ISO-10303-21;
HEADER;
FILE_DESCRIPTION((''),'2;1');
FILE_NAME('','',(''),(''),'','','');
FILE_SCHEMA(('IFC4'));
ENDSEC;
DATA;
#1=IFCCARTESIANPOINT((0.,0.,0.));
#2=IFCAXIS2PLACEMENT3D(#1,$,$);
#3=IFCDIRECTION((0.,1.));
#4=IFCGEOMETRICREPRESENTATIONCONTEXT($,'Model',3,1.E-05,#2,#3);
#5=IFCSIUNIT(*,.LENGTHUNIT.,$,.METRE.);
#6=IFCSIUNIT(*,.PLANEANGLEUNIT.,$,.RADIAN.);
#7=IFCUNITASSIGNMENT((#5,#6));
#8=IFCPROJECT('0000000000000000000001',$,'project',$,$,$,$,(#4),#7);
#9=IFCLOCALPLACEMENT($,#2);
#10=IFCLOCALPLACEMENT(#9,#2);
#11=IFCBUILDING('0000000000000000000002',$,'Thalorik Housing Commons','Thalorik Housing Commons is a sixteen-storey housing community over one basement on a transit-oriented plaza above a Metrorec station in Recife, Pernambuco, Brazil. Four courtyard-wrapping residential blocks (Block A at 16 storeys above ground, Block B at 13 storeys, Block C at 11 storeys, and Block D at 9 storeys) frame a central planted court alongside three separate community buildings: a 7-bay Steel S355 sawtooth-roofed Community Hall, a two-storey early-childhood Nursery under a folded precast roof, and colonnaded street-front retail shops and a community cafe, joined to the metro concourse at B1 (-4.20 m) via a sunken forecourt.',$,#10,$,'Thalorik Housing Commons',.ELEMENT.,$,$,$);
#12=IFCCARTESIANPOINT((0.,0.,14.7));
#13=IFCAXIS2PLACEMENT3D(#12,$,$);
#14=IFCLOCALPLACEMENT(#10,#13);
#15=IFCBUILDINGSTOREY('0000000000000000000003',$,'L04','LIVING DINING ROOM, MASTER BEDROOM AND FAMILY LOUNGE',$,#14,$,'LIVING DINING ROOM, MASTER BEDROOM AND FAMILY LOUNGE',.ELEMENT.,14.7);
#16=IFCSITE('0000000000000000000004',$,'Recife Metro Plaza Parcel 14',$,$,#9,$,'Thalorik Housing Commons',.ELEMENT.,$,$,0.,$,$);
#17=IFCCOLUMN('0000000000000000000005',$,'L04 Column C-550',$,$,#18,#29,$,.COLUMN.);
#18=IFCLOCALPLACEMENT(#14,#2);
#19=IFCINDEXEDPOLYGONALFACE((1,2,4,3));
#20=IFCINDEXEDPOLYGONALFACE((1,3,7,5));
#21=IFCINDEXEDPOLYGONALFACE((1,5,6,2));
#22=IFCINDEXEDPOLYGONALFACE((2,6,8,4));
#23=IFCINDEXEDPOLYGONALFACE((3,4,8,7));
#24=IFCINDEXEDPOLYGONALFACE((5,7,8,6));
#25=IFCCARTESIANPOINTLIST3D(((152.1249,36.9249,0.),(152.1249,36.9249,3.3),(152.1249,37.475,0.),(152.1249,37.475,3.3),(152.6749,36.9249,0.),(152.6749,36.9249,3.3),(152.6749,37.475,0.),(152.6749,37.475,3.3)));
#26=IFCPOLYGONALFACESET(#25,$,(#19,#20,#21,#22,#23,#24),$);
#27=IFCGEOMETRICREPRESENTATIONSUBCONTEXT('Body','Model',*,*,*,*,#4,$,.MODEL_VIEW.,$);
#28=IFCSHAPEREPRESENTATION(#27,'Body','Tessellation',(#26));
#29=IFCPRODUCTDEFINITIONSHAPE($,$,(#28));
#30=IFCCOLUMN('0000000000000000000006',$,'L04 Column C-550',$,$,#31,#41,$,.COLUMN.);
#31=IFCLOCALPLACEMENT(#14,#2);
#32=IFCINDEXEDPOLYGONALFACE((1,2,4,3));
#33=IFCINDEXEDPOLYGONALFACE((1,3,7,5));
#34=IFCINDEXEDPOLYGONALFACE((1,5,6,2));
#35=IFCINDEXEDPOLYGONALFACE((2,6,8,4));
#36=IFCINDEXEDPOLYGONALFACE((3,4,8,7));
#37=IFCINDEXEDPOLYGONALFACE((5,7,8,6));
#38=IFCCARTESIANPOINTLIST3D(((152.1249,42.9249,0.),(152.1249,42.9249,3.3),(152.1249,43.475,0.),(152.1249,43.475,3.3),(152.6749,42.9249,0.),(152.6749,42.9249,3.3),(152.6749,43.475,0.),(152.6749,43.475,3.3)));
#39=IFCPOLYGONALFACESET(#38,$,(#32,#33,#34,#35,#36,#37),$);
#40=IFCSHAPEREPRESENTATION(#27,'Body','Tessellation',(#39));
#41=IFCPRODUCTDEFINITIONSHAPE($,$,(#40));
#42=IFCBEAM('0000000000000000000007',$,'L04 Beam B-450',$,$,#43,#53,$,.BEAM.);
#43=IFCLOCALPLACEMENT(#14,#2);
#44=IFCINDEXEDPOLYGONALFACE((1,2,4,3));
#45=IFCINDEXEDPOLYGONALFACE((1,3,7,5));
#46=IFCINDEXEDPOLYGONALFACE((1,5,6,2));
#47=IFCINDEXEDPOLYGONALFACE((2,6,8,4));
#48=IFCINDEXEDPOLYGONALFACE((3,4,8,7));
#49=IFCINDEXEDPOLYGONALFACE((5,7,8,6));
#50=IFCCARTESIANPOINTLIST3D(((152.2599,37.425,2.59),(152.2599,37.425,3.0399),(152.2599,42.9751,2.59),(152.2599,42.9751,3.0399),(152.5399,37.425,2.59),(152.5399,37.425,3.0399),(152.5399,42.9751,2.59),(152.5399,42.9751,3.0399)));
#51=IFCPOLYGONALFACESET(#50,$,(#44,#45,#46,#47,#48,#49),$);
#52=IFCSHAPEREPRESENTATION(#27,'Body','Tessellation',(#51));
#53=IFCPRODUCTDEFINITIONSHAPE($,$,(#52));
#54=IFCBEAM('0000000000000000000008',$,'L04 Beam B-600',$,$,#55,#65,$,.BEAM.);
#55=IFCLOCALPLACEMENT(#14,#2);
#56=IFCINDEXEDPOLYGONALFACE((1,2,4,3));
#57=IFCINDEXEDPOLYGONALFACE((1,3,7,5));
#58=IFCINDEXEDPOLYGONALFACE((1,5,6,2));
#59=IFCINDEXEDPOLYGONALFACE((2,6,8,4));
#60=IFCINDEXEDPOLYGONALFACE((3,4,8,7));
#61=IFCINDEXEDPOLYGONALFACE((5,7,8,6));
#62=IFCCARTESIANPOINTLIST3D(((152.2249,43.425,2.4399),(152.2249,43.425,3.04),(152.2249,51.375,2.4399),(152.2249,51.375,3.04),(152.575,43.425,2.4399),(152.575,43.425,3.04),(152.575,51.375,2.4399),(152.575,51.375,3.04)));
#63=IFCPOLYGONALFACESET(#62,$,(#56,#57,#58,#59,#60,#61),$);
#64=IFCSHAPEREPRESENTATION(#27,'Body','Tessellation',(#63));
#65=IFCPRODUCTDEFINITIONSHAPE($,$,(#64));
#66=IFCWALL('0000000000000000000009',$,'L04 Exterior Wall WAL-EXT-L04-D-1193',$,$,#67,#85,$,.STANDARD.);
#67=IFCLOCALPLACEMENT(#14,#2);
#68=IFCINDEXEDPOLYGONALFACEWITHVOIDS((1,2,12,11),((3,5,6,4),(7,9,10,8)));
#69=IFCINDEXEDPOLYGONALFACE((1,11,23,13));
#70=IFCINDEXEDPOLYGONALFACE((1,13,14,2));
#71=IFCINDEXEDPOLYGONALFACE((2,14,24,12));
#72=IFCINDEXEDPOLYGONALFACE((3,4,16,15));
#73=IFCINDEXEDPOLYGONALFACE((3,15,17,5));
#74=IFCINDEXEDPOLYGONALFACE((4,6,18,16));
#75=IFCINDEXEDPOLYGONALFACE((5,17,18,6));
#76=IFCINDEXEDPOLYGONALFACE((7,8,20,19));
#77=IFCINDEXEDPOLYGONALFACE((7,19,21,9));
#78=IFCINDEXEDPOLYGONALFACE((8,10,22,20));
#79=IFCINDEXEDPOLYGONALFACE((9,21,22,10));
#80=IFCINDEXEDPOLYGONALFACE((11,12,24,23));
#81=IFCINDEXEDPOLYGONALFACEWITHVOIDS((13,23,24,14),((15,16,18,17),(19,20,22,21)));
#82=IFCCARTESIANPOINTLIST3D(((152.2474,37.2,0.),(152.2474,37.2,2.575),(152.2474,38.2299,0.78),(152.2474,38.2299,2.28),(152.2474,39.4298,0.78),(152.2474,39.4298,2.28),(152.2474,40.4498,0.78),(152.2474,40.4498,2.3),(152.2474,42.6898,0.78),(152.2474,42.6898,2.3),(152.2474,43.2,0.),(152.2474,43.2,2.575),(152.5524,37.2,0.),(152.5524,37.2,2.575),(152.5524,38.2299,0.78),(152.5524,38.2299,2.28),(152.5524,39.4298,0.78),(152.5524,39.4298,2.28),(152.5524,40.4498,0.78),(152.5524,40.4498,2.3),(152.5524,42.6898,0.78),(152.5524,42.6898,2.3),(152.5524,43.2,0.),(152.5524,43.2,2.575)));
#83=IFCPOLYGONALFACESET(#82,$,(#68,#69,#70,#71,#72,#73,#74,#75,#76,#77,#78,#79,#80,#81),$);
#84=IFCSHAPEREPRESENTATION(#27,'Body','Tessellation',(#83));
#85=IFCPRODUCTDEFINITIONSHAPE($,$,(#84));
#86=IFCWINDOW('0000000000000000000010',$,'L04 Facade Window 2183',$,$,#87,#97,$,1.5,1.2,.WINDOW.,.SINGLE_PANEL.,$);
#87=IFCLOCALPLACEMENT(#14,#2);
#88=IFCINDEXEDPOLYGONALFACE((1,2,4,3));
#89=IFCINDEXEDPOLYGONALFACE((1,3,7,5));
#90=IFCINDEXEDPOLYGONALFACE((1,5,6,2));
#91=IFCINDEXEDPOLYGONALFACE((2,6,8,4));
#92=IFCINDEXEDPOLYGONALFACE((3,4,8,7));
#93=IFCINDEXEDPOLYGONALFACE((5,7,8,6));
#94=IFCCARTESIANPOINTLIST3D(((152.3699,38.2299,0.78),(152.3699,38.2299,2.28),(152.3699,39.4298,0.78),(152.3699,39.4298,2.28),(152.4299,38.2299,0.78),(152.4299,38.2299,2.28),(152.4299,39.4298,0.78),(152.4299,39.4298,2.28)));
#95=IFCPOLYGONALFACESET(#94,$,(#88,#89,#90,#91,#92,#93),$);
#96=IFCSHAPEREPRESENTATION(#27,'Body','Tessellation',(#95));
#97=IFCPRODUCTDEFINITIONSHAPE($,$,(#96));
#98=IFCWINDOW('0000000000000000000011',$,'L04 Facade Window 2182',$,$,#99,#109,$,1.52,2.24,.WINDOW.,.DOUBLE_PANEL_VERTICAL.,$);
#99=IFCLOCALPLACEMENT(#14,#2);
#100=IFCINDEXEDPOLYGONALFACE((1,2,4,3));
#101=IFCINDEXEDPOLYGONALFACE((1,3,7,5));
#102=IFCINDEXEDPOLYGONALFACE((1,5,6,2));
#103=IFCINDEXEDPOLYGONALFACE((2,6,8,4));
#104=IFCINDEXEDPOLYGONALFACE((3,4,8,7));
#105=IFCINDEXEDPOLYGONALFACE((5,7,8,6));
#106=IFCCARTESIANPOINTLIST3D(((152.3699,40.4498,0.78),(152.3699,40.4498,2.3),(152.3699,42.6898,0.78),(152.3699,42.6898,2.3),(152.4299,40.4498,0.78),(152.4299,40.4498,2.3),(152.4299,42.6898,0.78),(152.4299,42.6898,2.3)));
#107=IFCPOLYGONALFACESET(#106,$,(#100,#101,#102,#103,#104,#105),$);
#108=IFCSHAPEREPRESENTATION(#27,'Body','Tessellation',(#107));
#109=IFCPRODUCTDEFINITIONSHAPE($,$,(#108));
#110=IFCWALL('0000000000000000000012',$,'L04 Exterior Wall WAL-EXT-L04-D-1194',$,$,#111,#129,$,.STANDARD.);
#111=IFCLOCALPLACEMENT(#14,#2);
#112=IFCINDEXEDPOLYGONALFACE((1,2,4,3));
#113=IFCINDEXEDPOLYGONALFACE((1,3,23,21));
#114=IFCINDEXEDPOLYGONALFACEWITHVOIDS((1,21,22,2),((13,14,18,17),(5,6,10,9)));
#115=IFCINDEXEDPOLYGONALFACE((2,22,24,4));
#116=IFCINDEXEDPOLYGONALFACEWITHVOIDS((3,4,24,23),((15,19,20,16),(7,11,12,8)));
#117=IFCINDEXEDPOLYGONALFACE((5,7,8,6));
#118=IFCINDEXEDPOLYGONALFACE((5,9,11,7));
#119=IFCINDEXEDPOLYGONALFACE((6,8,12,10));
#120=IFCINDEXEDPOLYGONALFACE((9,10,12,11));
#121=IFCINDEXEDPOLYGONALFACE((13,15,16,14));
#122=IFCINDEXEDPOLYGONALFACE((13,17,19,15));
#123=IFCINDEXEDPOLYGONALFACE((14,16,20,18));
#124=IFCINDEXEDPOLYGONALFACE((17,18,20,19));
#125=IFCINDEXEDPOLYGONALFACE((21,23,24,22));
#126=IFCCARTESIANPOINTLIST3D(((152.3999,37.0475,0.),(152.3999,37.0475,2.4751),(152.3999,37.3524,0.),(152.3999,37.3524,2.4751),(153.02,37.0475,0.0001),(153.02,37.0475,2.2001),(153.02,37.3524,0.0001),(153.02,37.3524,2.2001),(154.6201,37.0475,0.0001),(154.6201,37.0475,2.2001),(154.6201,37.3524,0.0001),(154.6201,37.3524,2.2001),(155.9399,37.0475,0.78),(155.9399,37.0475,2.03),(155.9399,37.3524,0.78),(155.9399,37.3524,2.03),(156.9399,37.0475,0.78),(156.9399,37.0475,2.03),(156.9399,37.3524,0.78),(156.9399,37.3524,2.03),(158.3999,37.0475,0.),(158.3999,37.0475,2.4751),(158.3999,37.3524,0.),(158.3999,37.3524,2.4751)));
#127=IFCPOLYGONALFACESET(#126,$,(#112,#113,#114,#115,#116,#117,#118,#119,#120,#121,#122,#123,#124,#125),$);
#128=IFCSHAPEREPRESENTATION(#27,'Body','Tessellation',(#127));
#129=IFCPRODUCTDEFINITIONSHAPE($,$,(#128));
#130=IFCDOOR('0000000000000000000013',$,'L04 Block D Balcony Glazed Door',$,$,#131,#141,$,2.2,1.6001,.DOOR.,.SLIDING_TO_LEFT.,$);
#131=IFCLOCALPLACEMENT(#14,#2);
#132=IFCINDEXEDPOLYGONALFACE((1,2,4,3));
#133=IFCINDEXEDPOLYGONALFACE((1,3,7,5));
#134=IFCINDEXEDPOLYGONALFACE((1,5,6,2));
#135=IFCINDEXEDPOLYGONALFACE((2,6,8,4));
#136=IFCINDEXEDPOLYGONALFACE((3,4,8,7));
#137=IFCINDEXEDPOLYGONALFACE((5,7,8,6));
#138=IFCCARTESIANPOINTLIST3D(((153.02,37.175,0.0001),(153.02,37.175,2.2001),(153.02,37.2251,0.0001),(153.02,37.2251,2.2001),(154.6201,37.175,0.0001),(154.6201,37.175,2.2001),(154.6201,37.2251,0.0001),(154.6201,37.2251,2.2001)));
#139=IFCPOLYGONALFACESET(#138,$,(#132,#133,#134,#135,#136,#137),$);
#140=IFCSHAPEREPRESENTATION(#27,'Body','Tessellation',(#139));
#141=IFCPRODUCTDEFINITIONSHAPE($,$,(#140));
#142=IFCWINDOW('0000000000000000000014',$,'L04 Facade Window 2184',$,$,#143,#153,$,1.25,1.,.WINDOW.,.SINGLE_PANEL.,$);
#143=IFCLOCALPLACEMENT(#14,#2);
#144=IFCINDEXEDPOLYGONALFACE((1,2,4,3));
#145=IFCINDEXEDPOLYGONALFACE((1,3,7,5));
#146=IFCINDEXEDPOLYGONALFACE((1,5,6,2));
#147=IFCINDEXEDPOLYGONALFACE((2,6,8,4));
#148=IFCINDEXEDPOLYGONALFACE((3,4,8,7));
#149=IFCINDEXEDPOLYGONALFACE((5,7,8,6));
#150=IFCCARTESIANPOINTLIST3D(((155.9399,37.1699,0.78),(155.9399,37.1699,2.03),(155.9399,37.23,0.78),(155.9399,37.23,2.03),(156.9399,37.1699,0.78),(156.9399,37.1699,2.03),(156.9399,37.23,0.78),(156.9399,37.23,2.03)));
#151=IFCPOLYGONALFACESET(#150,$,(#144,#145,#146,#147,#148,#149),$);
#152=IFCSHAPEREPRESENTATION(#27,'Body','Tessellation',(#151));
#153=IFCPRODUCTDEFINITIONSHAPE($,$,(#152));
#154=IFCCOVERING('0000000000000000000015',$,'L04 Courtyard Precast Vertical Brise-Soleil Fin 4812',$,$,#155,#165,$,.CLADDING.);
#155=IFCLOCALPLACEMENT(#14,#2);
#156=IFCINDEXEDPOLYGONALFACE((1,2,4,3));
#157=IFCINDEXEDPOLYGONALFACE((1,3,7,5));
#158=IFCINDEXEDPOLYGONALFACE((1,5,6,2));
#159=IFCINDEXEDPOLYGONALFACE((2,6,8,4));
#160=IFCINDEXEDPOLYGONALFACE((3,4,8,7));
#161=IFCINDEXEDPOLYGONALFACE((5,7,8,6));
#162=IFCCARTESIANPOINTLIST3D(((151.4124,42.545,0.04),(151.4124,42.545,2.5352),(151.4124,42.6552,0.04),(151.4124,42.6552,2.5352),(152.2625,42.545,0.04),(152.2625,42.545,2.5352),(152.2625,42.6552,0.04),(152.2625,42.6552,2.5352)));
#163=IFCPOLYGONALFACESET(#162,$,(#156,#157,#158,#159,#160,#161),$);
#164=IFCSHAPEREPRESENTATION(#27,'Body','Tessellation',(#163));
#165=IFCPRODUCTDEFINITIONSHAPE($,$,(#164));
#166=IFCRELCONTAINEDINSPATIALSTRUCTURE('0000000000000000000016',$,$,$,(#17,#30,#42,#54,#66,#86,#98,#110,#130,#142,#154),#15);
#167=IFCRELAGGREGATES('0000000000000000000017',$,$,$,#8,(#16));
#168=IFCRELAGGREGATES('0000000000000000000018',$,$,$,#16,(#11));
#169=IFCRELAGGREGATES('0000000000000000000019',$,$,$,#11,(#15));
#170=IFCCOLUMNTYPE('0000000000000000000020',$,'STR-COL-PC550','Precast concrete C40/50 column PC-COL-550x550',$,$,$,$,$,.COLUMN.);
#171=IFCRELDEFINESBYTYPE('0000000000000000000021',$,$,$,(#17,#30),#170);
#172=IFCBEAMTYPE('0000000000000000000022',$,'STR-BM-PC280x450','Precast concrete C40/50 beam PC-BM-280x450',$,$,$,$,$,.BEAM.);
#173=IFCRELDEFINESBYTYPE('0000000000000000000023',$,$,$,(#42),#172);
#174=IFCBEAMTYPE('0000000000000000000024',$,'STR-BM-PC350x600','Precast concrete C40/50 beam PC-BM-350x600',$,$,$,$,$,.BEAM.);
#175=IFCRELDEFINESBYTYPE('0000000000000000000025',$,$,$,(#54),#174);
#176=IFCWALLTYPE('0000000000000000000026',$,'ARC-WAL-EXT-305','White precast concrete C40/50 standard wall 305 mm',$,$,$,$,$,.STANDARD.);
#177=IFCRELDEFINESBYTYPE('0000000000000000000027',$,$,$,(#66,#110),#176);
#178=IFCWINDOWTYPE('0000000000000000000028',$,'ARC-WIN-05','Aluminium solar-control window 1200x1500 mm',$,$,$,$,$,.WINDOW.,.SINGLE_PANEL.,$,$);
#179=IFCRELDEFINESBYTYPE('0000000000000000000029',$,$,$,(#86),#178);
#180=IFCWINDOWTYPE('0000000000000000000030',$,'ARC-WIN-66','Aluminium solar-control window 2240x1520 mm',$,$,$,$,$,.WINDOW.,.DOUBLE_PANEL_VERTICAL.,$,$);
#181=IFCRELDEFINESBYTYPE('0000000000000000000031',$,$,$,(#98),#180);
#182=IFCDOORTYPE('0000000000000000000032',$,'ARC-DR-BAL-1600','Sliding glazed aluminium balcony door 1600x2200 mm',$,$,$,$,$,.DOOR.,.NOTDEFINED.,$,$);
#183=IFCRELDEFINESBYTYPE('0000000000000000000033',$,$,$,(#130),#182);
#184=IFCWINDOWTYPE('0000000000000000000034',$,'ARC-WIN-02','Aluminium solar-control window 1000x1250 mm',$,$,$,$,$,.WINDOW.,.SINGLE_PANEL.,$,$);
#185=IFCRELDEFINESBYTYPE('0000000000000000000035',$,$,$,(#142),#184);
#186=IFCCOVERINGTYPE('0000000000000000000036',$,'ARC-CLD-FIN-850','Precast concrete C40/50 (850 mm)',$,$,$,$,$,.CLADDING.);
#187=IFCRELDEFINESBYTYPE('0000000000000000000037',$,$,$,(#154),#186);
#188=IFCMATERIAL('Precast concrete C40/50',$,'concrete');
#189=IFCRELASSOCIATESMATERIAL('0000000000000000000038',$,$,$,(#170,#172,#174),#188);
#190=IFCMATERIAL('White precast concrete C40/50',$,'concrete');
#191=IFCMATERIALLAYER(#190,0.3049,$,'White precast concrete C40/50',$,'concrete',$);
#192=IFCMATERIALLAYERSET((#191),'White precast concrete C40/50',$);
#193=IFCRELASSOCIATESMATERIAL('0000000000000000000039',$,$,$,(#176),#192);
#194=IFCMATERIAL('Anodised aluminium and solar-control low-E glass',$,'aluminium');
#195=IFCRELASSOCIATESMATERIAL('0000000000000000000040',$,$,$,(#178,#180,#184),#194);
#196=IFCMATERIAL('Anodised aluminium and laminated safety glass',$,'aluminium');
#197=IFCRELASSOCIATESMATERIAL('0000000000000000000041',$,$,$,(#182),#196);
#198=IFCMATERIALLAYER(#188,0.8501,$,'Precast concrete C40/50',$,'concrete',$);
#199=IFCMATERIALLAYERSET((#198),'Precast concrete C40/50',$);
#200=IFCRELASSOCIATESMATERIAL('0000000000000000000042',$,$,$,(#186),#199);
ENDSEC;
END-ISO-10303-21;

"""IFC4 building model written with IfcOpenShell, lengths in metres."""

from ifc_helpers import new_model, si_unit, direction, frame, frame_2d, origin, origin_2d, place, context, subcontext, project, spatial, rectangle, extrude, material, layer, layer_set, material_profile, profile_set, type_object, element, fill, save


model = new_model("IFC4")

# Units and contexts
model_context = context("Model", 3, precision=1e-05, world=origin(), true_north=direction((0.0, 1.0)))
body_context = subcontext(model_context, "Body", "Model", "MODEL_VIEW")
ifc_project = project(units=[si_unit("LENGTHUNIT", "METRE"), si_unit("PLANEANGLEUNIT", "RADIAN")], contexts=[model_context])

# Site, building, storey
site_placement = place(None, origin())
site = spatial("IfcSite", under=ifc_project, at=site_placement, Name="Recife Metro Plaza Parcel 14", LongName="Thalorik Housing Commons", CompositionType="ELEMENT", RefElevation=0.0)
building_placement = place(site_placement, origin())
building = spatial("IfcBuilding", under=site, at=building_placement, Name="Thalorik Housing Commons", Description="Thalorik Housing Commons is a sixteen-storey housing community over one basement on a transit-oriented plaza above a Metrorec station in Recife, Pernambuco, Brazil. Four courtyard-wrapping residential blocks (Block A at 16 storeys above ground, Block B at 13 storeys, Block C at 11 storeys, and Block D at 9 storeys) frame a central planted court alongside three separate community buildings: a 7-bay Steel S355 sawtooth-roofed Community Hall, a two-storey early-childhood Nursery under a folded precast roof, and colonnaded street-front retail shops and a community cafe, joined to the metro concourse at B1 (-4.20 m) via a sunken forecourt.", LongName="Thalorik Housing Commons", CompositionType="ELEMENT")
storey_placement = place(building_placement, frame((0.0, 0.0, 14.7)))
storey = spatial("IfcBuildingStorey", under=building, at=storey_placement, Name="L04", Description="LIVING DINING ROOM, MASTER BEDROOM AND FAMILY LOUNGE", LongName="LIVING DINING ROOM, MASTER BEDROOM AND FAMILY LOUNGE", CompositionType="ELEMENT", Elevation=14.7)

# Columns
ifc_material_1 = material(Name="Precast concrete C40/50", Category="concrete")
ifc_material_profile_1 = material_profile(ifc_material_1, rectangle(XDim=0.55, YDim=0.55, at=origin_2d()), Name="PC 550x550", Category="concrete")
ifc_profile_set_1 = profile_set([ifc_material_profile_1], Name="Precast concrete C40/50")
column_type = type_object("IfcColumnType", Name="STR-COL-PC550", Description="Precast concrete C40/50 column PC-COL-550x550", PredefinedType="COLUMN", material=ifc_profile_set_1)
for number, where, z_axis, x_axis, name in (
    (1, (152.3999, 37.2, 0.0), (0.0, 0.0, 1.0), (1.0, 0.0, 0.0), "L04 Column C-550"),
    (2, (152.3999, 43.2, 0.0), (0.0, 0.0, 1.0), (1.0, 0.0, 0.0), "L04 Column C-550"),
):
    element("IfcColumn", number, at=place(storey_placement, frame(where, z_axis=z_axis, x_axis=x_axis)), inside=storey, type_object=column_type, Name=name, PredefinedType="COLUMN", context=body_context, shape_type="SweptSolid", body=[
        extrude(rectangle(XDim=0.55, YDim=0.55, at=origin_2d()), origin(), (0.0, 0.0, 1.0), 3.3),
    ])

# Beams
ifc_material_profile_2 = material_profile(ifc_material_1, rectangle(XDim=0.28, YDim=0.45, at=origin_2d()), Name="PC 280x450", Category="concrete")
ifc_profile_set_2 = profile_set([ifc_material_profile_2], Name="Precast concrete C40/50")
beam_type_1 = type_object("IfcBeamType", Name="STR-BM-PC280x450", Description="Precast concrete C40/50 beam PC-BM-280x450", PredefinedType="BEAM", material=ifc_profile_set_2)
beam_1_placement = place(storey_placement, frame((152.3999, 37.425, 2.8149), z_axis=(0.0, 1.0, 0.0), x_axis=(-1.0, 0.0, 0.0)))
element("IfcBeam", 3, at=beam_1_placement, inside=storey, type_object=beam_type_1, Name="L04 Beam B-450", PredefinedType="BEAM", context=body_context, shape_type="SweptSolid", body=[
    extrude(rectangle(XDim=0.28, YDim=0.45, at=origin_2d()), origin(), (0.0, 0.0, 1.0), 5.55),
])
ifc_material_profile_3 = material_profile(ifc_material_1, rectangle(XDim=0.3501, YDim=0.6001, at=origin_2d()), Name="PC 350x600", Category="concrete")
ifc_profile_set_3 = profile_set([ifc_material_profile_3], Name="Precast concrete C40/50")
beam_type_2 = type_object("IfcBeamType", Name="STR-BM-PC350x600", Description="Precast concrete C40/50 beam PC-BM-350x600", PredefinedType="BEAM", material=ifc_profile_set_3)
beam_2_placement = place(storey_placement, frame((152.3999, 43.425, 2.74), z_axis=(0.0, 1.0, 0.0), x_axis=(-1.0, 0.0, 0.0)))
element("IfcBeam", 4, at=beam_2_placement, inside=storey, type_object=beam_type_2, Name="L04 Beam B-600", PredefinedType="BEAM", context=body_context, shape_type="SweptSolid", body=[
    extrude(rectangle(XDim=0.3501, YDim=0.6001, at=origin_2d()), origin(), (0.0, 0.0, 1.0), 7.95),
])

# Wall, openings, windows
ifc_material_2 = material(Name="White precast concrete C40/50", Category="concrete")
ifc_layer_1 = layer(ifc_material_2, 0.3049, Name="White precast concrete C40/50", Category="concrete")
ifc_layer_set_1 = layer_set([ifc_layer_1], Name="White precast concrete C40/50")
wall_type = type_object("IfcWallType", Name="ARC-WAL-EXT-305", Description="White precast concrete C40/50 standard wall 305 mm", PredefinedType="STANDARD", material=ifc_layer_set_1)
wall_1_placement = place(storey_placement, frame((152.3999, 43.2, 0.0), z_axis=(0.0, 0.0, 1.0), x_axis=(0.0, -1.0, 0.0)))
wall_1 = element("IfcWall", 5, at=wall_1_placement, inside=storey, type_object=wall_type, Name="L04 Exterior Wall WAL-EXT-L04-D-1193", PredefinedType="STANDARD", context=body_context, shape_type="SweptSolid", body=[
    extrude(rectangle(XDim=6.0, YDim=0.3049, at=frame_2d((3.0, 0.0))), origin(), (0.0, 0.0, 1.0), 2.575),
])
opening_1_placement = place(wall_1_placement, frame((0.51, 0.0, 0.78)))
opening_1 = element("IfcOpeningElement", 6, at=opening_1_placement, cuts=wall_1, PredefinedType="OPENING", context=body_context, shape_type="SweptSolid", body=[
    extrude(rectangle(XDim=2.24, YDim=1.52, at=frame_2d((1.1201, 0.76))), frame((0.0, 0.1626, 0.0), z_axis=(0.0, -1.0, 0.0), x_axis=(1.0, 0.0, 0.0)), (0.0, 0.0, 1.0), 0.325),
])
opening_2_placement = place(wall_1_placement, frame((3.77, 0.0, 0.78)))
opening_2 = element("IfcOpeningElement", 7, at=opening_2_placement, cuts=wall_1, PredefinedType="OPENING", context=body_context, shape_type="SweptSolid", body=[
    extrude(rectangle(XDim=1.2, YDim=1.5, at=frame_2d((0.6001, 0.75))), frame((0.0, 0.1626, 0.0), z_axis=(0.0, -1.0, 0.0), x_axis=(1.0, 0.0, 0.0)), (0.0, 0.0, 1.0), 0.325),
])
ifc_material_3 = material(Name="Anodised aluminium and solar-control low-E glass", Category="aluminium")
window_type_1 = type_object("IfcWindowType", Name="ARC-WIN-05", Description="Aluminium solar-control window 1200x1500 mm", PartitioningType="SINGLE_PANEL", PredefinedType="WINDOW", material=ifc_material_3)
window_1_placement = place(opening_2_placement, origin())
window_1 = element("IfcWindow", 8, at=window_1_placement, inside=storey, type_object=window_type_1, Name="L04 Facade Window 2183", OverallHeight=1.5, OverallWidth=1.2, PartitioningType="SINGLE_PANEL", PredefinedType="WINDOW", context=body_context, shape_type="SweptSolid", body=[
    extrude(rectangle(XDim=1.2, YDim=1.5, at=frame_2d((0.6001, 0.75))), frame((0.0, 0.03, 0.0), z_axis=(0.0, -1.0, 0.0), x_axis=(1.0, 0.0, 0.0)), (0.0, 0.0, 1.0), 0.0601),
])
fill(opening_2, window_1)
window_type_2 = type_object("IfcWindowType", Name="ARC-WIN-66", Description="Aluminium solar-control window 2240x1520 mm", PartitioningType="DOUBLE_PANEL_VERTICAL", PredefinedType="WINDOW", material=ifc_material_3)
window_2_placement = place(opening_1_placement, origin())
window_2 = element("IfcWindow", 9, at=window_2_placement, inside=storey, type_object=window_type_2, Name="L04 Facade Window 2182", OverallHeight=1.52, OverallWidth=2.24, PartitioningType="DOUBLE_PANEL_VERTICAL", PredefinedType="WINDOW", context=body_context, shape_type="SweptSolid", body=[
    extrude(rectangle(XDim=2.24, YDim=1.52, at=frame_2d((1.1201, 0.76))), frame((0.0, 0.03, 0.0), z_axis=(0.0, -1.0, 0.0), x_axis=(1.0, 0.0, 0.0)), (0.0, 0.0, 1.0), 0.0601),
])
fill(opening_1, window_2)

# Wall, openings, door, window
wall_2_placement = place(storey_placement, frame((152.3999, 37.2, 0.0), z_axis=(0.0, 0.0, 1.0), x_axis=(1.0, 0.0, 0.0)))
wall_2 = element("IfcWall", 10, at=wall_2_placement, inside=storey, type_object=wall_type, Name="L04 Exterior Wall WAL-EXT-L04-D-1194", PredefinedType="STANDARD", context=body_context, shape_type="SweptSolid", body=[
    extrude(rectangle(XDim=6.0, YDim=0.3049, at=frame_2d((3.0, 0.0))), origin(), (0.0, 0.0, 1.0), 2.4751),
])
opening_3_placement = place(wall_2_placement, frame((0.6201, 0.0, 0.0)))
opening_3 = element("IfcOpeningElement", 11, at=opening_3_placement, cuts=wall_2, PredefinedType="OPENING", context=body_context, shape_type="SweptSolid", body=[
    extrude(rectangle(XDim=1.6001, YDim=2.2, at=frame_2d((0.8, 1.1001))), frame((0.0, 0.1626, 0.0), z_axis=(0.0, -1.0, 0.0), x_axis=(1.0, 0.0, 0.0)), (0.0, 0.0, 1.0), 0.325),
])
opening_4_placement = place(wall_2_placement, frame((3.54, 0.0, 0.78)))
opening_4 = element("IfcOpeningElement", 12, at=opening_4_placement, cuts=wall_2, PredefinedType="OPENING", context=body_context, shape_type="SweptSolid", body=[
    extrude(rectangle(XDim=1.0, YDim=1.25, at=frame_2d((0.5, 0.625))), frame((0.0, 0.1626, 0.0), z_axis=(0.0, -1.0, 0.0), x_axis=(1.0, 0.0, 0.0)), (0.0, 0.0, 1.0), 0.325),
])
ifc_material_4 = material(Name="Anodised aluminium and laminated safety glass", Category="aluminium")
door_type = type_object("IfcDoorType", Name="ARC-DR-BAL-1600", Description="Sliding glazed aluminium balcony door 1600x2200 mm", OperationType="NOTDEFINED", PredefinedType="DOOR", material=ifc_material_4)
door_placement = place(opening_3_placement, frame((1.6001, 0.0, 0.0), z_axis=(0.0, 0.0, 1.0), x_axis=(-1.0, 0.0, 0.0)))
door = element("IfcDoor", 13, at=door_placement, inside=storey, type_object=door_type, Name="L04 Block D Balcony Glazed Door", OperationType="SLIDING_TO_LEFT", OverallHeight=2.2, OverallWidth=1.6001, PredefinedType="DOOR", context=body_context, shape_type="SweptSolid", body=[
    extrude(rectangle(XDim=1.6001, YDim=2.2, at=frame_2d((0.8, 1.1001))), frame((0.0, 0.0249, 0.0), z_axis=(0.0, -1.0, 0.0), x_axis=(1.0, 0.0, 0.0)), (0.0, 0.0, 1.0), 0.05),
])
fill(opening_3, door)
window_type_3 = type_object("IfcWindowType", Name="ARC-WIN-02", Description="Aluminium solar-control window 1000x1250 mm", PartitioningType="SINGLE_PANEL", PredefinedType="WINDOW", material=ifc_material_3)
window_3_placement = place(opening_4_placement, origin())
window_3 = element("IfcWindow", 14, at=window_3_placement, inside=storey, type_object=window_type_3, Name="L04 Facade Window 2184", OverallHeight=1.25, OverallWidth=1.0, PartitioningType="SINGLE_PANEL", PredefinedType="WINDOW", context=body_context, shape_type="SweptSolid", body=[
    extrude(rectangle(XDim=1.0, YDim=1.25, at=frame_2d((0.5, 0.625))), frame((0.0, 0.03, 0.0), z_axis=(0.0, -1.0, 0.0), x_axis=(1.0, 0.0, 0.0)), (0.0, 0.0, 1.0), 0.0601),
])
fill(opening_4, window_3)

# Covering
ifc_layer_2 = layer(ifc_material_1, 0.8501, Name="Precast concrete C40/50", Category="concrete")
ifc_layer_set_2 = layer_set([ifc_layer_2], Name="Precast concrete C40/50")
covering_type_1 = type_object("IfcCoveringType", Name="ARC-CLD-FIN-850", Description="Precast concrete C40/50 (850 mm)", PredefinedType="CLADDING", material=ifc_layer_set_2)
for number, where, z_axis, x_axis, name in (
    (15, (151.8374, 42.6001, 0.04), (0.0, 0.0, 1.0), (0.0, -1.0, 0.0), "L04 Courtyard Precast Vertical Brise-Soleil Fin 4812"),
):
    element("IfcCovering", number, at=place(storey_placement, frame(where, z_axis=z_axis, x_axis=x_axis)), inside=storey, type_object=covering_type_1, Name=name, PredefinedType="CLADDING", context=body_context, shape_type="SweptSolid", body=[
        extrude(rectangle(XDim=0.1101, YDim=0.8501, at=origin_2d()), origin(), (0.0, 0.0, 1.0), 2.4951),
    ])

save(model, "model.ifc")
